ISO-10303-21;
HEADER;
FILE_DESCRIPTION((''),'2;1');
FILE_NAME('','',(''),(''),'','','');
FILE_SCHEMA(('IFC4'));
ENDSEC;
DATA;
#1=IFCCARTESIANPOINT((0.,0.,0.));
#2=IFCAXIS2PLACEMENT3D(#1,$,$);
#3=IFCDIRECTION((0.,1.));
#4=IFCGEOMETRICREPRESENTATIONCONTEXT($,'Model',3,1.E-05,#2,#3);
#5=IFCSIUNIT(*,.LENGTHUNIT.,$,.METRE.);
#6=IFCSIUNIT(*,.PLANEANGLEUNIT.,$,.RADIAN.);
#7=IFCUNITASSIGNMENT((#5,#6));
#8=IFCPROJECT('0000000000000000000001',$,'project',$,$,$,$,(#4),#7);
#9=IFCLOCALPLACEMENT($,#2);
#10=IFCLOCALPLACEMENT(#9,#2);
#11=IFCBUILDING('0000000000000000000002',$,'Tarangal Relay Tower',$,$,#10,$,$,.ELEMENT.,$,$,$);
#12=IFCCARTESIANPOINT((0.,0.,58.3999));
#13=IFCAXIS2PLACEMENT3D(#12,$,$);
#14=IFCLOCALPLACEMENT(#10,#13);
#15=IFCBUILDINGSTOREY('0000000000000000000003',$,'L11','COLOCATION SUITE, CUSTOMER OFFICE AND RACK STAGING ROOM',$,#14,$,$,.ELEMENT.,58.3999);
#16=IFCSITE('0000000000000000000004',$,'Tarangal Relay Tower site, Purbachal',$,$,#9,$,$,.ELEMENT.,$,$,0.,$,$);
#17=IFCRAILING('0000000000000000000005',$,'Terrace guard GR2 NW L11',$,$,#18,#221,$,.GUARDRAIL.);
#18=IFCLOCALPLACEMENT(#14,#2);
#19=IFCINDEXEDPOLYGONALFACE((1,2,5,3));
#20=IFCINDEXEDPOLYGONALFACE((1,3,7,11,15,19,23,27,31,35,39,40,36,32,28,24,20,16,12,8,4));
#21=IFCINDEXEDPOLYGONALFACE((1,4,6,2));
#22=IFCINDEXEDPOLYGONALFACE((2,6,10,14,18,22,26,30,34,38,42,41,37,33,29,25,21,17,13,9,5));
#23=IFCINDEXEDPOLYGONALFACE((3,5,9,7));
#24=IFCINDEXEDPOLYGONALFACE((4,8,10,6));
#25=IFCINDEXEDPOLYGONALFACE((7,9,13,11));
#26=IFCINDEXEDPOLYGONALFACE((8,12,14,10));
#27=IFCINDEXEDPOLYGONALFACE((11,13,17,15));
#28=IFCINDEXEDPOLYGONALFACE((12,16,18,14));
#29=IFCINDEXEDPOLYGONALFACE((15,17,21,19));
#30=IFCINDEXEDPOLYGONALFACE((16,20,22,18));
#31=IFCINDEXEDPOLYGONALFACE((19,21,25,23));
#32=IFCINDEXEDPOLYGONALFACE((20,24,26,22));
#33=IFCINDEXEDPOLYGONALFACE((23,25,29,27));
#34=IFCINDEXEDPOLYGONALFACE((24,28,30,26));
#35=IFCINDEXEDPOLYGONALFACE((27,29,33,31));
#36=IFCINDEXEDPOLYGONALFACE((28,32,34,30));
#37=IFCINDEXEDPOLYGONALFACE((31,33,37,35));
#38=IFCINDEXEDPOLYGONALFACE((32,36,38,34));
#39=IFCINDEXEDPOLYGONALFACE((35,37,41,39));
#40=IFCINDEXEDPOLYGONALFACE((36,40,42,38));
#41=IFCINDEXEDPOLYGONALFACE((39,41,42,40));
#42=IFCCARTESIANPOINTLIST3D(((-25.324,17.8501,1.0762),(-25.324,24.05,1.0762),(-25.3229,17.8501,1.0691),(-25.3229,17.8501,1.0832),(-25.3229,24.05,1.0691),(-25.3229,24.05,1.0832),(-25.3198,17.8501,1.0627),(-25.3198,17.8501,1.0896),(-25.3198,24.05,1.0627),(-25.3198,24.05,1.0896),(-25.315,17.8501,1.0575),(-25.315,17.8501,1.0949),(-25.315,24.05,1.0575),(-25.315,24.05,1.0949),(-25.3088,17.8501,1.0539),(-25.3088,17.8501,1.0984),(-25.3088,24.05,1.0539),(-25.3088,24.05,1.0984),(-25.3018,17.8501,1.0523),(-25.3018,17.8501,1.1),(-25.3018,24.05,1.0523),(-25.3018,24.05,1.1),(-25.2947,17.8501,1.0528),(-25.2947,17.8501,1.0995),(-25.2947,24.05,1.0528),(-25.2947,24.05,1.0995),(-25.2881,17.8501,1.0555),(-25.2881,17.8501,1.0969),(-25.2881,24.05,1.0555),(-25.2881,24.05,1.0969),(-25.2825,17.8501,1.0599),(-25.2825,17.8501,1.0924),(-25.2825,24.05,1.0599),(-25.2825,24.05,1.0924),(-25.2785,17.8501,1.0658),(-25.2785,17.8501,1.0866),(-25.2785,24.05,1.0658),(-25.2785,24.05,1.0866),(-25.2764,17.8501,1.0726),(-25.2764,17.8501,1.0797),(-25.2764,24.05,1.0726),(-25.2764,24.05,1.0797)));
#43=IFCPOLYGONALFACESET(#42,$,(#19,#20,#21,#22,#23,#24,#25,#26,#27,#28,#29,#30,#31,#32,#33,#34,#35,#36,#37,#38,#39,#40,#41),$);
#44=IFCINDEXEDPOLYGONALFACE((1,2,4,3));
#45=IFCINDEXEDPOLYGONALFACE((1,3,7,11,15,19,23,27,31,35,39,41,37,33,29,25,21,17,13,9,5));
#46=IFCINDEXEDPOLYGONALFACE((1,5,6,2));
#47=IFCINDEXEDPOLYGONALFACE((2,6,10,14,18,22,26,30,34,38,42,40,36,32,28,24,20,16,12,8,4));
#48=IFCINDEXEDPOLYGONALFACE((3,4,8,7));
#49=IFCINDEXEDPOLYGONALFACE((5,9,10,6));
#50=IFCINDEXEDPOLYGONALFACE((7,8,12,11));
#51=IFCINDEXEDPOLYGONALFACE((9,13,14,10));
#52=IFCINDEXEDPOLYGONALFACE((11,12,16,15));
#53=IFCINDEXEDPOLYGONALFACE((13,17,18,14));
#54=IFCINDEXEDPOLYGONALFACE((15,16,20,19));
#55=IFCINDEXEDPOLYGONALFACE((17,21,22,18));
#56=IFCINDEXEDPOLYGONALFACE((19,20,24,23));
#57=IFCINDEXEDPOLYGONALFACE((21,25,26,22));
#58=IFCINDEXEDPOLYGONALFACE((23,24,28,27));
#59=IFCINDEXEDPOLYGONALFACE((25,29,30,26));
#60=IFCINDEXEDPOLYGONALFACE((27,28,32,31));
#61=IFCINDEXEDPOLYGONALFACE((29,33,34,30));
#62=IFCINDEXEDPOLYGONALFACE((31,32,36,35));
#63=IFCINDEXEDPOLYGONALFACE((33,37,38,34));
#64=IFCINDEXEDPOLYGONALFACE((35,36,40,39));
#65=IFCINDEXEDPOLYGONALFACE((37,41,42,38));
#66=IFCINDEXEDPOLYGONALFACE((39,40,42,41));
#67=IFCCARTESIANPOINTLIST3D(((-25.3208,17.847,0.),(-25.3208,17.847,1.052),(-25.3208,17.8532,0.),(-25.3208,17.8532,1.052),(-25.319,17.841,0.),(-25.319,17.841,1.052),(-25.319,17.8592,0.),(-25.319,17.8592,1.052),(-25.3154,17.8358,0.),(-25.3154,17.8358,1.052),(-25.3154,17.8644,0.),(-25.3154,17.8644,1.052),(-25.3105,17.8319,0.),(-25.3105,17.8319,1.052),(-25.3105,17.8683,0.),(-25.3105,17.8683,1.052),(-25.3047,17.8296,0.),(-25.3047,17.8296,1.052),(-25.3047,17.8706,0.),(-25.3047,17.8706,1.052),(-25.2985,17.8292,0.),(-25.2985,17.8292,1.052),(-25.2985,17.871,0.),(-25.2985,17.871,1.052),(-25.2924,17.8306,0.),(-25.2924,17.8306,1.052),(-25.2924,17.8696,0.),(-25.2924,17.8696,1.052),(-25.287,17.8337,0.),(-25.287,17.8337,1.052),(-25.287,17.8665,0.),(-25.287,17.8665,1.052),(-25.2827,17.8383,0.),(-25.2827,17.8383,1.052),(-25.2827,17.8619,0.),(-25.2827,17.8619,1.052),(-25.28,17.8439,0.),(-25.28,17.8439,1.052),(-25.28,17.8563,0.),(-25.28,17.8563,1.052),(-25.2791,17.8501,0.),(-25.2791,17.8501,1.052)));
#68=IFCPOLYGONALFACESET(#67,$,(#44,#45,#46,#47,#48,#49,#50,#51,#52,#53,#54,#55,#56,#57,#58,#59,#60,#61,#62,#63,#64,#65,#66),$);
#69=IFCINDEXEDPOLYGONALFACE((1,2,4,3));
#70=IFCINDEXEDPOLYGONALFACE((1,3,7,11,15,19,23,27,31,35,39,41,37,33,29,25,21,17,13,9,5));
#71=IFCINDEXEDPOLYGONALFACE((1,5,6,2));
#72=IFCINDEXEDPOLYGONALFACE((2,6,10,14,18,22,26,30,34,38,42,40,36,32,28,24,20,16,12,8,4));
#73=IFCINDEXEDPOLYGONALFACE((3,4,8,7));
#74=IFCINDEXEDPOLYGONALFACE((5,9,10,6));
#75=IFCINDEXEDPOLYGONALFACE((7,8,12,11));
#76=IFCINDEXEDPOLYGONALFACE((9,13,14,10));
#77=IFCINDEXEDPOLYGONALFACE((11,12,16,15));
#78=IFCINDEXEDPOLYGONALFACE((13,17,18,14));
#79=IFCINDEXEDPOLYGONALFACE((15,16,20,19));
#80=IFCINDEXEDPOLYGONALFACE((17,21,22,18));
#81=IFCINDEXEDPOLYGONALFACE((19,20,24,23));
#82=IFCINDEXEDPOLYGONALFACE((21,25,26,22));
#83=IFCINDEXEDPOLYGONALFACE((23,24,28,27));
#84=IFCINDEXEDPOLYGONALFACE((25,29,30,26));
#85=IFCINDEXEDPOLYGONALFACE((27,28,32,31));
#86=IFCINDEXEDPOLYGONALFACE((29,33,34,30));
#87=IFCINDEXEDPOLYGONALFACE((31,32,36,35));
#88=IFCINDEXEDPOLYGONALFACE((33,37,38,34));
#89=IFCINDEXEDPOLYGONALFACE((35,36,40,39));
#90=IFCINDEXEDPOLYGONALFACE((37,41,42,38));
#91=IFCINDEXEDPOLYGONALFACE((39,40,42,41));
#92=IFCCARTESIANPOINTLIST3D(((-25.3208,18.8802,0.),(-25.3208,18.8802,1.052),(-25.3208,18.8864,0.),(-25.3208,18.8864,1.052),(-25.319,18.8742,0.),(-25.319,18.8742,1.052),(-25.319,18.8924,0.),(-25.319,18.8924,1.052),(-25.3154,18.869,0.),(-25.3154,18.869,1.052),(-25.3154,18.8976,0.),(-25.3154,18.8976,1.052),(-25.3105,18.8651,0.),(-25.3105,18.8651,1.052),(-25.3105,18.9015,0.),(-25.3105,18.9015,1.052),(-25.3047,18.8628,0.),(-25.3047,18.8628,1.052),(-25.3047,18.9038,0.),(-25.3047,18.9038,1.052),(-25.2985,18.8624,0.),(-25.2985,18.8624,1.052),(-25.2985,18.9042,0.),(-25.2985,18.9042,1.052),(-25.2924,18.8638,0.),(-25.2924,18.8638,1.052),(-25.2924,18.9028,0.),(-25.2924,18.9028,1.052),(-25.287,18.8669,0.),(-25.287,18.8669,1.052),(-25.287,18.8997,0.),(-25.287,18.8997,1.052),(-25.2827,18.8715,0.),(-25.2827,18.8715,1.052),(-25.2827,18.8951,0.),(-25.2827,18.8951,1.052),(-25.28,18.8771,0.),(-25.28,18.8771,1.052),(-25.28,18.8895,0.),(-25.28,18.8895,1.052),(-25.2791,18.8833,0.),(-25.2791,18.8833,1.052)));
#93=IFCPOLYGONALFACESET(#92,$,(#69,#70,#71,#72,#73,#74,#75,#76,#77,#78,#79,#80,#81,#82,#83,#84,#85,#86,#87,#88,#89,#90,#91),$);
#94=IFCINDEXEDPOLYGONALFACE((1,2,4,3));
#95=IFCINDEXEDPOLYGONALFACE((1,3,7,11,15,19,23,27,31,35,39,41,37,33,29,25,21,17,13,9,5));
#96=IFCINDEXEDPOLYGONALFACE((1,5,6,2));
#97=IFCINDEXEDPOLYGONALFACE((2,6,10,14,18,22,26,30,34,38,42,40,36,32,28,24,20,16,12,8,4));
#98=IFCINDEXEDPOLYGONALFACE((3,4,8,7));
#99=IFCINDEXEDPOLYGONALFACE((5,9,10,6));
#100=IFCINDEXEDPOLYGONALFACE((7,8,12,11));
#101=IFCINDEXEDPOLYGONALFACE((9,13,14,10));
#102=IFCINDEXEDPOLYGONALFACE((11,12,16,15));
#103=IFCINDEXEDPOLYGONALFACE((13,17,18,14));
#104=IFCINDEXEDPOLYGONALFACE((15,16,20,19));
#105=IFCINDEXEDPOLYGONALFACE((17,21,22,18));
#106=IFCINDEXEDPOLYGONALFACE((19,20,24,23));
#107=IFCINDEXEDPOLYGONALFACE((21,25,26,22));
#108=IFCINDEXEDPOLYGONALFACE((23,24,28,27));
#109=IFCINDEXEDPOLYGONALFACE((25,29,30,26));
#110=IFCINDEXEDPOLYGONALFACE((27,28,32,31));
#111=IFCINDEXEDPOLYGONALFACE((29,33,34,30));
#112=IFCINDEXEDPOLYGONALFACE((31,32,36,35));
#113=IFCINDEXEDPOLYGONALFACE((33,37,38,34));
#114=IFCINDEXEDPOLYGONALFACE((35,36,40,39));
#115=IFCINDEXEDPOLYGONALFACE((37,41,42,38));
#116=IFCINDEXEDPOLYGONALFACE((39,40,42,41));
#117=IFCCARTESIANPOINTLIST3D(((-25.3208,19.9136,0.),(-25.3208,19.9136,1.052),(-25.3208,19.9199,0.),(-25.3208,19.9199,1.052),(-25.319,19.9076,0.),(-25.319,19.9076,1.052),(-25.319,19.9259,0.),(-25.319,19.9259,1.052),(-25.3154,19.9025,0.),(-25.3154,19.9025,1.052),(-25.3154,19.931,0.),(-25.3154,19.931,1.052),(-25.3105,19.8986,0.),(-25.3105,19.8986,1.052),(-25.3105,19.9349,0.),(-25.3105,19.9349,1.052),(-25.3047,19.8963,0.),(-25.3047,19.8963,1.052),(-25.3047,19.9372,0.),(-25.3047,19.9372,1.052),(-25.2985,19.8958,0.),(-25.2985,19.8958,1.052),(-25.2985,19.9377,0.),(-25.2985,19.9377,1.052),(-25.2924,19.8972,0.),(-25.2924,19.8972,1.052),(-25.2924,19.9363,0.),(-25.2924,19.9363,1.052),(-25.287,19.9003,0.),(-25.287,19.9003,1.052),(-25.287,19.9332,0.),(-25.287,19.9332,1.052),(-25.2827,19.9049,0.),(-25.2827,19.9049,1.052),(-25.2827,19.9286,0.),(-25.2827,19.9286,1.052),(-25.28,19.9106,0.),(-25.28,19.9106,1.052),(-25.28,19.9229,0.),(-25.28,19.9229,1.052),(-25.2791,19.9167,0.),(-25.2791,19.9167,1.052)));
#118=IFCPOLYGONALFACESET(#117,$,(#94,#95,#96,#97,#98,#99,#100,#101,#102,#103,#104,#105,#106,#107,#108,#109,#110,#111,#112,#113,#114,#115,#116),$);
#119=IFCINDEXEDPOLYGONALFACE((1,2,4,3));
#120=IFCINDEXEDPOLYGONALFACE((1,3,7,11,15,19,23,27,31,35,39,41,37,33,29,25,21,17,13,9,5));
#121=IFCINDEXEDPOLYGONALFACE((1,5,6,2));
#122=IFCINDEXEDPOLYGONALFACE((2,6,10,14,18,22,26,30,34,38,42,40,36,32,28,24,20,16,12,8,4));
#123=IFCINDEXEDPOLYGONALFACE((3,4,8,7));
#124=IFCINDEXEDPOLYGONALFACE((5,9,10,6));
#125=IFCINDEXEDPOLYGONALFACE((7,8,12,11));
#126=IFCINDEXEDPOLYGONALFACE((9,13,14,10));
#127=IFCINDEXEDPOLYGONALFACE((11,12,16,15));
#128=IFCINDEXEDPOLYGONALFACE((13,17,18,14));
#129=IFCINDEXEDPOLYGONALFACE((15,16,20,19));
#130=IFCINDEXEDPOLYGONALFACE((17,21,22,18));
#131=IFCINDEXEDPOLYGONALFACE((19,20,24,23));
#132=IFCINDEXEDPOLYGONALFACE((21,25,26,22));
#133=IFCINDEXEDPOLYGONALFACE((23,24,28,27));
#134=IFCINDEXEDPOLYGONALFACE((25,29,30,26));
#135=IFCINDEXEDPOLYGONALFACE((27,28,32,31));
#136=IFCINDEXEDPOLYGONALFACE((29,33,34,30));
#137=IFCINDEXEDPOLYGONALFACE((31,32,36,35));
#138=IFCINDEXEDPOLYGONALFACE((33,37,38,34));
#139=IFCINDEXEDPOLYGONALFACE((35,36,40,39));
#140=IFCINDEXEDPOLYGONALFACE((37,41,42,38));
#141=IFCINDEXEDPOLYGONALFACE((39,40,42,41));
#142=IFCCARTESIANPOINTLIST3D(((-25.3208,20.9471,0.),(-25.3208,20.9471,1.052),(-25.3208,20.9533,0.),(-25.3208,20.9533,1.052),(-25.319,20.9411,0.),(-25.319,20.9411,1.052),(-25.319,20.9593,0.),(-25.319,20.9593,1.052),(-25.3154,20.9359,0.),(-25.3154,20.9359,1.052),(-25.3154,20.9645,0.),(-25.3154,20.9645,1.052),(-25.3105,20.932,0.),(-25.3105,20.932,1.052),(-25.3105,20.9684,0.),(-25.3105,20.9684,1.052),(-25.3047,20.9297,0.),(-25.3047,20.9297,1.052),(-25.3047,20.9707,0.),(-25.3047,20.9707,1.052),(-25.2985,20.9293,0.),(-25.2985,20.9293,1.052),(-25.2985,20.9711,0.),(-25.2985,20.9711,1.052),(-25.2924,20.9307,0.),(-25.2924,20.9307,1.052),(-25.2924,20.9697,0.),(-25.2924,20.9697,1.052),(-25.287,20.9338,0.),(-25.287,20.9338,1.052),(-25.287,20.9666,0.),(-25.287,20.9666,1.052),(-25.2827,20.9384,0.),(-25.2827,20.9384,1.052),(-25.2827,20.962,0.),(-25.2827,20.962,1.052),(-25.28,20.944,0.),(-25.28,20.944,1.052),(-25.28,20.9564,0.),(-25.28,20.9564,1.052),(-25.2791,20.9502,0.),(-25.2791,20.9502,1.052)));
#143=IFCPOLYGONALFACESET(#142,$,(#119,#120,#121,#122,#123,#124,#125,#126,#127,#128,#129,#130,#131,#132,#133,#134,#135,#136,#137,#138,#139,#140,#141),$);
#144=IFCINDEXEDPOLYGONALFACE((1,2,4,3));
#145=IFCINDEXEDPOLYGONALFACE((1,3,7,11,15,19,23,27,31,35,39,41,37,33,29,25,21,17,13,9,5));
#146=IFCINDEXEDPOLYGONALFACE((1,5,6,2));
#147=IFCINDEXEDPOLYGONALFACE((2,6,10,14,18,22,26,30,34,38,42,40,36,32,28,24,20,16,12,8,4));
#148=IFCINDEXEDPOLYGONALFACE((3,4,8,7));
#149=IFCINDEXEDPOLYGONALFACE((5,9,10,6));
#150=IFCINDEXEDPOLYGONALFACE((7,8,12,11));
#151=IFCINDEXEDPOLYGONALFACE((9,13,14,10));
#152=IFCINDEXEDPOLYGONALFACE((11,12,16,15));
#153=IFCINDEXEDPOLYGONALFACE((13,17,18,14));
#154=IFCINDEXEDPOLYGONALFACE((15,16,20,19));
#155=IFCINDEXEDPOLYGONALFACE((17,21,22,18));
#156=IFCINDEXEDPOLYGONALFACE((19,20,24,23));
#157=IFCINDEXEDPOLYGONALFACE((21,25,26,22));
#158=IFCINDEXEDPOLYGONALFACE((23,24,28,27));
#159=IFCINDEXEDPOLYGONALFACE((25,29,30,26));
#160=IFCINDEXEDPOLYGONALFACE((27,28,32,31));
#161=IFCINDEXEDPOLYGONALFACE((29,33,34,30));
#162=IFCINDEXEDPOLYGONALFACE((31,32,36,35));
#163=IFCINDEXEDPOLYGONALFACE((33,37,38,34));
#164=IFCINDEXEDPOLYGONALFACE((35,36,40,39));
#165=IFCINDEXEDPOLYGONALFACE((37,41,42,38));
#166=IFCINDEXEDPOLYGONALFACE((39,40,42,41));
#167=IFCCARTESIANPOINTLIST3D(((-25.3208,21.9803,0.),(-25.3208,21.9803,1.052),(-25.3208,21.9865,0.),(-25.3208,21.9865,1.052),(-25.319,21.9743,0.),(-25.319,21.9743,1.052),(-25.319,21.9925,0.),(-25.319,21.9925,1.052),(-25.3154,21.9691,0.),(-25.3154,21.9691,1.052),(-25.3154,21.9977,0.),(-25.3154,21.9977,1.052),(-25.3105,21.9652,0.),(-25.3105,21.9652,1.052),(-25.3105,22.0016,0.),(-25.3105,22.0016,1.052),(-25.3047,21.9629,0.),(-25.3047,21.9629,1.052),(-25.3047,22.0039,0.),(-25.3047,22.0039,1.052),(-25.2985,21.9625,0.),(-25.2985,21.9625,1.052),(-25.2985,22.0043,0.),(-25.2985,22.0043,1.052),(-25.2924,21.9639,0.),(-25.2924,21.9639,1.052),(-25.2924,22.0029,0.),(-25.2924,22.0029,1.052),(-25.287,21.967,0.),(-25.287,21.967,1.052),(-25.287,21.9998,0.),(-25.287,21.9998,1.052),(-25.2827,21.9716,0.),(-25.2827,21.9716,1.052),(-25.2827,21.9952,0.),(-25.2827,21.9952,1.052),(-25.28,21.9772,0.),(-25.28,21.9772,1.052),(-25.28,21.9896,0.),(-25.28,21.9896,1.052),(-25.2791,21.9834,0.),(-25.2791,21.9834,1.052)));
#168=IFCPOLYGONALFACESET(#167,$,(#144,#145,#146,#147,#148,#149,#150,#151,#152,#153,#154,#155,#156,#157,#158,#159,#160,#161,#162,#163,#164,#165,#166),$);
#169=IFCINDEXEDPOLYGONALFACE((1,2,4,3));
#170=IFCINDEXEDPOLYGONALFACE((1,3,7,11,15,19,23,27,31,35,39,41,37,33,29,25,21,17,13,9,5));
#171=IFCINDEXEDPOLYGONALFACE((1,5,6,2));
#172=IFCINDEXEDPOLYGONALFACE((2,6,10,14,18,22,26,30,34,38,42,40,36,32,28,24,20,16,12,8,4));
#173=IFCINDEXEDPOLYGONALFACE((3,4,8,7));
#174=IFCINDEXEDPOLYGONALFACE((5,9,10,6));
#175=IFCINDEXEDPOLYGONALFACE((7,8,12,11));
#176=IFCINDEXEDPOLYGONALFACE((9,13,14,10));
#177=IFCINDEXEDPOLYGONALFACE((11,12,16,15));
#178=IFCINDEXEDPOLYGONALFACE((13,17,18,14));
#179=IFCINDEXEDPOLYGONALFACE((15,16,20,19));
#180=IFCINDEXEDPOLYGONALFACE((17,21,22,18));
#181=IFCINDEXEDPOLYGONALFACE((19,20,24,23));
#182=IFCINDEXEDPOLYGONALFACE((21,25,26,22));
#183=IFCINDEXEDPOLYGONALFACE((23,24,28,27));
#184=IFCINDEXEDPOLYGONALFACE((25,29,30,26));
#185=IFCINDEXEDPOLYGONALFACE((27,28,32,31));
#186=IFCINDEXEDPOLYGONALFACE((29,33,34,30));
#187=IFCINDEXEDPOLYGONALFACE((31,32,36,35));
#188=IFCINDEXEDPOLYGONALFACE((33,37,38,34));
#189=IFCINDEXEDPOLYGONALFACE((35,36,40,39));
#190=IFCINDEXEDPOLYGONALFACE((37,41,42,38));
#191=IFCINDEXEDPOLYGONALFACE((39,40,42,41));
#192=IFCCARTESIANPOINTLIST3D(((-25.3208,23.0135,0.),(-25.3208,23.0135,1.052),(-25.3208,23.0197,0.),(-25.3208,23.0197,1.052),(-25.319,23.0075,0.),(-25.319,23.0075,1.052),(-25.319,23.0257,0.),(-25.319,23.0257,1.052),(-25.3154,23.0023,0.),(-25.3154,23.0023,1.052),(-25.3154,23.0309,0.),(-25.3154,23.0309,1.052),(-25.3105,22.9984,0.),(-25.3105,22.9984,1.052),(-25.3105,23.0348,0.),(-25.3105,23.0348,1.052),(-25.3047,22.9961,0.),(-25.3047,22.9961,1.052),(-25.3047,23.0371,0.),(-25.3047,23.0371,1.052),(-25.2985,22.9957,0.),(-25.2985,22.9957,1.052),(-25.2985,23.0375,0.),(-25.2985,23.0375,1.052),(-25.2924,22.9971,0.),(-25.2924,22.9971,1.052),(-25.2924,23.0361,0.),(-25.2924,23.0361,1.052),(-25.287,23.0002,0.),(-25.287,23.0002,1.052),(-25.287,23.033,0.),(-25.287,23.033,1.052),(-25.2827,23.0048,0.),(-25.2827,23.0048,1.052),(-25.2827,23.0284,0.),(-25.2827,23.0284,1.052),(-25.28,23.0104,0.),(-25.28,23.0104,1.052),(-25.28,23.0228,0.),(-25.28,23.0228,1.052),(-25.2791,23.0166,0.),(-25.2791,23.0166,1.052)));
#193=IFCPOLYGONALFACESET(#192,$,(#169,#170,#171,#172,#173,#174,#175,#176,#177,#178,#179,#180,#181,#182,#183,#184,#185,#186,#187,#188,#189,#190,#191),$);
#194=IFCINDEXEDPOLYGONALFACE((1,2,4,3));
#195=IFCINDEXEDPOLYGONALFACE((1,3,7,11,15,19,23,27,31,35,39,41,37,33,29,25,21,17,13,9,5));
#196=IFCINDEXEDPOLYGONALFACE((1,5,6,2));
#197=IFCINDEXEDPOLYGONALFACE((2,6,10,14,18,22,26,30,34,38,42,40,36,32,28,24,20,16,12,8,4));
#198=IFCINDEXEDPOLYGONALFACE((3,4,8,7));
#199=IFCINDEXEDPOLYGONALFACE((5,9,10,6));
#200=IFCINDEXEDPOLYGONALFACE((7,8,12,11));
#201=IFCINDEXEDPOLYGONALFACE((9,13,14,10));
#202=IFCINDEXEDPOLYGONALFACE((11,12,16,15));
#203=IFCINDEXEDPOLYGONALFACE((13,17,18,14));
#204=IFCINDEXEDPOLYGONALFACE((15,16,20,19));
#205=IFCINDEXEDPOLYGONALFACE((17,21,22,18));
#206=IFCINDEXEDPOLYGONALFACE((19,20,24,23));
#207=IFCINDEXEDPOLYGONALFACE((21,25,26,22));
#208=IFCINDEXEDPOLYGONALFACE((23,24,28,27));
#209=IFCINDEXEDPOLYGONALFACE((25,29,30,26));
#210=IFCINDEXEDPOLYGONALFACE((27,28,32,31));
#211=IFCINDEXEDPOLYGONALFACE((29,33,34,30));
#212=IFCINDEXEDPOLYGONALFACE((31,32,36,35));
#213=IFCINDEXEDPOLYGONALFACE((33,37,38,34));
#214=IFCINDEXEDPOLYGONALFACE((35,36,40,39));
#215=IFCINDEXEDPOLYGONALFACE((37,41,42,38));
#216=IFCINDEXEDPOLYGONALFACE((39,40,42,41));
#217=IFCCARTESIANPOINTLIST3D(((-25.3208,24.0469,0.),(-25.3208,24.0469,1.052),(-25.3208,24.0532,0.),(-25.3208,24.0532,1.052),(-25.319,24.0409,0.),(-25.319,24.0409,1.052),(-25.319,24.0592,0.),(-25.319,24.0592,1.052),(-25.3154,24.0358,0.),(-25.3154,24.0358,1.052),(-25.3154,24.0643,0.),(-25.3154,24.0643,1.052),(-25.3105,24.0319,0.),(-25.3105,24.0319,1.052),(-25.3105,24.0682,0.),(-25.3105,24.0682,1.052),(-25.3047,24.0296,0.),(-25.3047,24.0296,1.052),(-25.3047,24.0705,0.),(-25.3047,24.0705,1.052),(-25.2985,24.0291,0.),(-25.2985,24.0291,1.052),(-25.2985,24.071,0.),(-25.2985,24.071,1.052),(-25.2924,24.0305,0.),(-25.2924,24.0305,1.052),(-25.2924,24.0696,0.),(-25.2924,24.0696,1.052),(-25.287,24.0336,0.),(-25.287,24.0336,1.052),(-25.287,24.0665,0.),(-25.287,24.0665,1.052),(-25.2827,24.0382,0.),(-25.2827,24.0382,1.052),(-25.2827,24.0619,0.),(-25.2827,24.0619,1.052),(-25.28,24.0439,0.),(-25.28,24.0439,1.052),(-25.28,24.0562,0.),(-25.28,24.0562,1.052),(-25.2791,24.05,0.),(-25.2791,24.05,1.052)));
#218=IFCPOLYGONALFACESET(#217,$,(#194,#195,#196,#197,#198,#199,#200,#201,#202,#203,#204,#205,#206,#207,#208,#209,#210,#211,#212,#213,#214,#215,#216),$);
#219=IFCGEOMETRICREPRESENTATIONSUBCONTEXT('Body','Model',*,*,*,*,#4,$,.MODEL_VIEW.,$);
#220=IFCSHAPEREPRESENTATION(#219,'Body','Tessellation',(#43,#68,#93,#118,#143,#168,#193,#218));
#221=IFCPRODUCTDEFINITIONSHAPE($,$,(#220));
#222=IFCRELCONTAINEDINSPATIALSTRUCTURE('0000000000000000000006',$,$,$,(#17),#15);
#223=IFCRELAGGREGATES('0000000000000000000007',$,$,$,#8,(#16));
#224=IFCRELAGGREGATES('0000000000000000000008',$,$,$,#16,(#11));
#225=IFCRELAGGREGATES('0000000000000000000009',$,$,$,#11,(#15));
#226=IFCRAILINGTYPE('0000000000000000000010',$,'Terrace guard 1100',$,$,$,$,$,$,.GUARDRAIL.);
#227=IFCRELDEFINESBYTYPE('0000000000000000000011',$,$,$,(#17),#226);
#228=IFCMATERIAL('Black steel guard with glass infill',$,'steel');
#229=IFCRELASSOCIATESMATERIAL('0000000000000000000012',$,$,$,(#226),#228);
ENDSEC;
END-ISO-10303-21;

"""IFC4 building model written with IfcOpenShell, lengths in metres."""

from ifc_helpers import new_model, si_unit, direction, frame, origin, origin_2d, place, context, subcontext, project, spatial, circle, extrude, material, type_object, element, save


model = new_model("IFC4")

# Units and contexts
model_context = context("Model", 3, precision=1e-05, world=origin(), true_north=direction((0.0, 1.0)))
body_context = subcontext(model_context, "Body", "Model", "MODEL_VIEW")
ifc_project = project(units=[si_unit("LENGTHUNIT", "METRE"), si_unit("PLANEANGLEUNIT", "RADIAN")], contexts=[model_context])

# Site, building, storey
site_placement = place(None, origin())
site = spatial("IfcSite", under=ifc_project, at=site_placement, Name="Tarangal Relay Tower site, Purbachal", CompositionType="ELEMENT", RefElevation=0.0)
building_placement = place(site_placement, origin())
building = spatial("IfcBuilding", under=site, at=building_placement, Name="Tarangal Relay Tower", CompositionType="ELEMENT")
storey_placement = place(building_placement, frame((0.0, 0.0, 58.3999)))
storey = spatial("IfcBuildingStorey", under=building, at=storey_placement, Name="L11", Description="COLOCATION SUITE, CUSTOMER OFFICE AND RACK STAGING ROOM", CompositionType="ELEMENT", Elevation=58.3999)

# Railing
ifc_material_1 = material(Name="Black steel guard with glass infill", Category="steel")
railing_type = type_object("IfcRailingType", Name="Terrace guard 1100", PredefinedType="GUARDRAIL", material=ifc_material_1)
railing_1_placement = place(storey_placement, frame((-25.3, 17.8501, 0.0)))
element("IfcRailing", 1, at=railing_1_placement, inside=storey, type_object=railing_type, Name="Terrace guard GR2 NW L11", PredefinedType="GUARDRAIL", context=body_context, shape_type="SweptSolid", body=[
    extrude(circle(Radius=0.0239, at=origin_2d()), frame((0.0, 0.0, 1.0762), z_axis=(0.0, 1.0, 0.0), x_axis=(-1.0, 0.0, 0.0)), (0.0, 0.0, 1.0), 6.2),
    extrude(circle(Radius=0.021, at=origin_2d()), origin(), (0.0, 0.0, 1.0), 1.052),
    extrude(circle(Radius=0.021, at=origin_2d()), frame((0.0, 1.0332, 0.0)), (0.0, 0.0, 1.0), 1.052),
    extrude(circle(Radius=0.021, at=origin_2d()), frame((0.0, 2.0667, 0.0)), (0.0, 0.0, 1.0), 1.052),
    extrude(circle(Radius=0.021, at=origin_2d()), frame((0.0, 3.1001, 0.0)), (0.0, 0.0, 1.0), 1.052),
    extrude(circle(Radius=0.021, at=origin_2d()), frame((0.0, 4.1333, 0.0)), (0.0, 0.0, 1.0), 1.052),
    extrude(circle(Radius=0.021, at=origin_2d()), frame((0.0, 5.1665, 0.0)), (0.0, 0.0, 1.0), 1.052),
    extrude(circle(Radius=0.021, at=origin_2d()), frame((0.0, 6.2, 0.0)), (0.0, 0.0, 1.0), 1.052),
])

save(model, "model.ifc")
